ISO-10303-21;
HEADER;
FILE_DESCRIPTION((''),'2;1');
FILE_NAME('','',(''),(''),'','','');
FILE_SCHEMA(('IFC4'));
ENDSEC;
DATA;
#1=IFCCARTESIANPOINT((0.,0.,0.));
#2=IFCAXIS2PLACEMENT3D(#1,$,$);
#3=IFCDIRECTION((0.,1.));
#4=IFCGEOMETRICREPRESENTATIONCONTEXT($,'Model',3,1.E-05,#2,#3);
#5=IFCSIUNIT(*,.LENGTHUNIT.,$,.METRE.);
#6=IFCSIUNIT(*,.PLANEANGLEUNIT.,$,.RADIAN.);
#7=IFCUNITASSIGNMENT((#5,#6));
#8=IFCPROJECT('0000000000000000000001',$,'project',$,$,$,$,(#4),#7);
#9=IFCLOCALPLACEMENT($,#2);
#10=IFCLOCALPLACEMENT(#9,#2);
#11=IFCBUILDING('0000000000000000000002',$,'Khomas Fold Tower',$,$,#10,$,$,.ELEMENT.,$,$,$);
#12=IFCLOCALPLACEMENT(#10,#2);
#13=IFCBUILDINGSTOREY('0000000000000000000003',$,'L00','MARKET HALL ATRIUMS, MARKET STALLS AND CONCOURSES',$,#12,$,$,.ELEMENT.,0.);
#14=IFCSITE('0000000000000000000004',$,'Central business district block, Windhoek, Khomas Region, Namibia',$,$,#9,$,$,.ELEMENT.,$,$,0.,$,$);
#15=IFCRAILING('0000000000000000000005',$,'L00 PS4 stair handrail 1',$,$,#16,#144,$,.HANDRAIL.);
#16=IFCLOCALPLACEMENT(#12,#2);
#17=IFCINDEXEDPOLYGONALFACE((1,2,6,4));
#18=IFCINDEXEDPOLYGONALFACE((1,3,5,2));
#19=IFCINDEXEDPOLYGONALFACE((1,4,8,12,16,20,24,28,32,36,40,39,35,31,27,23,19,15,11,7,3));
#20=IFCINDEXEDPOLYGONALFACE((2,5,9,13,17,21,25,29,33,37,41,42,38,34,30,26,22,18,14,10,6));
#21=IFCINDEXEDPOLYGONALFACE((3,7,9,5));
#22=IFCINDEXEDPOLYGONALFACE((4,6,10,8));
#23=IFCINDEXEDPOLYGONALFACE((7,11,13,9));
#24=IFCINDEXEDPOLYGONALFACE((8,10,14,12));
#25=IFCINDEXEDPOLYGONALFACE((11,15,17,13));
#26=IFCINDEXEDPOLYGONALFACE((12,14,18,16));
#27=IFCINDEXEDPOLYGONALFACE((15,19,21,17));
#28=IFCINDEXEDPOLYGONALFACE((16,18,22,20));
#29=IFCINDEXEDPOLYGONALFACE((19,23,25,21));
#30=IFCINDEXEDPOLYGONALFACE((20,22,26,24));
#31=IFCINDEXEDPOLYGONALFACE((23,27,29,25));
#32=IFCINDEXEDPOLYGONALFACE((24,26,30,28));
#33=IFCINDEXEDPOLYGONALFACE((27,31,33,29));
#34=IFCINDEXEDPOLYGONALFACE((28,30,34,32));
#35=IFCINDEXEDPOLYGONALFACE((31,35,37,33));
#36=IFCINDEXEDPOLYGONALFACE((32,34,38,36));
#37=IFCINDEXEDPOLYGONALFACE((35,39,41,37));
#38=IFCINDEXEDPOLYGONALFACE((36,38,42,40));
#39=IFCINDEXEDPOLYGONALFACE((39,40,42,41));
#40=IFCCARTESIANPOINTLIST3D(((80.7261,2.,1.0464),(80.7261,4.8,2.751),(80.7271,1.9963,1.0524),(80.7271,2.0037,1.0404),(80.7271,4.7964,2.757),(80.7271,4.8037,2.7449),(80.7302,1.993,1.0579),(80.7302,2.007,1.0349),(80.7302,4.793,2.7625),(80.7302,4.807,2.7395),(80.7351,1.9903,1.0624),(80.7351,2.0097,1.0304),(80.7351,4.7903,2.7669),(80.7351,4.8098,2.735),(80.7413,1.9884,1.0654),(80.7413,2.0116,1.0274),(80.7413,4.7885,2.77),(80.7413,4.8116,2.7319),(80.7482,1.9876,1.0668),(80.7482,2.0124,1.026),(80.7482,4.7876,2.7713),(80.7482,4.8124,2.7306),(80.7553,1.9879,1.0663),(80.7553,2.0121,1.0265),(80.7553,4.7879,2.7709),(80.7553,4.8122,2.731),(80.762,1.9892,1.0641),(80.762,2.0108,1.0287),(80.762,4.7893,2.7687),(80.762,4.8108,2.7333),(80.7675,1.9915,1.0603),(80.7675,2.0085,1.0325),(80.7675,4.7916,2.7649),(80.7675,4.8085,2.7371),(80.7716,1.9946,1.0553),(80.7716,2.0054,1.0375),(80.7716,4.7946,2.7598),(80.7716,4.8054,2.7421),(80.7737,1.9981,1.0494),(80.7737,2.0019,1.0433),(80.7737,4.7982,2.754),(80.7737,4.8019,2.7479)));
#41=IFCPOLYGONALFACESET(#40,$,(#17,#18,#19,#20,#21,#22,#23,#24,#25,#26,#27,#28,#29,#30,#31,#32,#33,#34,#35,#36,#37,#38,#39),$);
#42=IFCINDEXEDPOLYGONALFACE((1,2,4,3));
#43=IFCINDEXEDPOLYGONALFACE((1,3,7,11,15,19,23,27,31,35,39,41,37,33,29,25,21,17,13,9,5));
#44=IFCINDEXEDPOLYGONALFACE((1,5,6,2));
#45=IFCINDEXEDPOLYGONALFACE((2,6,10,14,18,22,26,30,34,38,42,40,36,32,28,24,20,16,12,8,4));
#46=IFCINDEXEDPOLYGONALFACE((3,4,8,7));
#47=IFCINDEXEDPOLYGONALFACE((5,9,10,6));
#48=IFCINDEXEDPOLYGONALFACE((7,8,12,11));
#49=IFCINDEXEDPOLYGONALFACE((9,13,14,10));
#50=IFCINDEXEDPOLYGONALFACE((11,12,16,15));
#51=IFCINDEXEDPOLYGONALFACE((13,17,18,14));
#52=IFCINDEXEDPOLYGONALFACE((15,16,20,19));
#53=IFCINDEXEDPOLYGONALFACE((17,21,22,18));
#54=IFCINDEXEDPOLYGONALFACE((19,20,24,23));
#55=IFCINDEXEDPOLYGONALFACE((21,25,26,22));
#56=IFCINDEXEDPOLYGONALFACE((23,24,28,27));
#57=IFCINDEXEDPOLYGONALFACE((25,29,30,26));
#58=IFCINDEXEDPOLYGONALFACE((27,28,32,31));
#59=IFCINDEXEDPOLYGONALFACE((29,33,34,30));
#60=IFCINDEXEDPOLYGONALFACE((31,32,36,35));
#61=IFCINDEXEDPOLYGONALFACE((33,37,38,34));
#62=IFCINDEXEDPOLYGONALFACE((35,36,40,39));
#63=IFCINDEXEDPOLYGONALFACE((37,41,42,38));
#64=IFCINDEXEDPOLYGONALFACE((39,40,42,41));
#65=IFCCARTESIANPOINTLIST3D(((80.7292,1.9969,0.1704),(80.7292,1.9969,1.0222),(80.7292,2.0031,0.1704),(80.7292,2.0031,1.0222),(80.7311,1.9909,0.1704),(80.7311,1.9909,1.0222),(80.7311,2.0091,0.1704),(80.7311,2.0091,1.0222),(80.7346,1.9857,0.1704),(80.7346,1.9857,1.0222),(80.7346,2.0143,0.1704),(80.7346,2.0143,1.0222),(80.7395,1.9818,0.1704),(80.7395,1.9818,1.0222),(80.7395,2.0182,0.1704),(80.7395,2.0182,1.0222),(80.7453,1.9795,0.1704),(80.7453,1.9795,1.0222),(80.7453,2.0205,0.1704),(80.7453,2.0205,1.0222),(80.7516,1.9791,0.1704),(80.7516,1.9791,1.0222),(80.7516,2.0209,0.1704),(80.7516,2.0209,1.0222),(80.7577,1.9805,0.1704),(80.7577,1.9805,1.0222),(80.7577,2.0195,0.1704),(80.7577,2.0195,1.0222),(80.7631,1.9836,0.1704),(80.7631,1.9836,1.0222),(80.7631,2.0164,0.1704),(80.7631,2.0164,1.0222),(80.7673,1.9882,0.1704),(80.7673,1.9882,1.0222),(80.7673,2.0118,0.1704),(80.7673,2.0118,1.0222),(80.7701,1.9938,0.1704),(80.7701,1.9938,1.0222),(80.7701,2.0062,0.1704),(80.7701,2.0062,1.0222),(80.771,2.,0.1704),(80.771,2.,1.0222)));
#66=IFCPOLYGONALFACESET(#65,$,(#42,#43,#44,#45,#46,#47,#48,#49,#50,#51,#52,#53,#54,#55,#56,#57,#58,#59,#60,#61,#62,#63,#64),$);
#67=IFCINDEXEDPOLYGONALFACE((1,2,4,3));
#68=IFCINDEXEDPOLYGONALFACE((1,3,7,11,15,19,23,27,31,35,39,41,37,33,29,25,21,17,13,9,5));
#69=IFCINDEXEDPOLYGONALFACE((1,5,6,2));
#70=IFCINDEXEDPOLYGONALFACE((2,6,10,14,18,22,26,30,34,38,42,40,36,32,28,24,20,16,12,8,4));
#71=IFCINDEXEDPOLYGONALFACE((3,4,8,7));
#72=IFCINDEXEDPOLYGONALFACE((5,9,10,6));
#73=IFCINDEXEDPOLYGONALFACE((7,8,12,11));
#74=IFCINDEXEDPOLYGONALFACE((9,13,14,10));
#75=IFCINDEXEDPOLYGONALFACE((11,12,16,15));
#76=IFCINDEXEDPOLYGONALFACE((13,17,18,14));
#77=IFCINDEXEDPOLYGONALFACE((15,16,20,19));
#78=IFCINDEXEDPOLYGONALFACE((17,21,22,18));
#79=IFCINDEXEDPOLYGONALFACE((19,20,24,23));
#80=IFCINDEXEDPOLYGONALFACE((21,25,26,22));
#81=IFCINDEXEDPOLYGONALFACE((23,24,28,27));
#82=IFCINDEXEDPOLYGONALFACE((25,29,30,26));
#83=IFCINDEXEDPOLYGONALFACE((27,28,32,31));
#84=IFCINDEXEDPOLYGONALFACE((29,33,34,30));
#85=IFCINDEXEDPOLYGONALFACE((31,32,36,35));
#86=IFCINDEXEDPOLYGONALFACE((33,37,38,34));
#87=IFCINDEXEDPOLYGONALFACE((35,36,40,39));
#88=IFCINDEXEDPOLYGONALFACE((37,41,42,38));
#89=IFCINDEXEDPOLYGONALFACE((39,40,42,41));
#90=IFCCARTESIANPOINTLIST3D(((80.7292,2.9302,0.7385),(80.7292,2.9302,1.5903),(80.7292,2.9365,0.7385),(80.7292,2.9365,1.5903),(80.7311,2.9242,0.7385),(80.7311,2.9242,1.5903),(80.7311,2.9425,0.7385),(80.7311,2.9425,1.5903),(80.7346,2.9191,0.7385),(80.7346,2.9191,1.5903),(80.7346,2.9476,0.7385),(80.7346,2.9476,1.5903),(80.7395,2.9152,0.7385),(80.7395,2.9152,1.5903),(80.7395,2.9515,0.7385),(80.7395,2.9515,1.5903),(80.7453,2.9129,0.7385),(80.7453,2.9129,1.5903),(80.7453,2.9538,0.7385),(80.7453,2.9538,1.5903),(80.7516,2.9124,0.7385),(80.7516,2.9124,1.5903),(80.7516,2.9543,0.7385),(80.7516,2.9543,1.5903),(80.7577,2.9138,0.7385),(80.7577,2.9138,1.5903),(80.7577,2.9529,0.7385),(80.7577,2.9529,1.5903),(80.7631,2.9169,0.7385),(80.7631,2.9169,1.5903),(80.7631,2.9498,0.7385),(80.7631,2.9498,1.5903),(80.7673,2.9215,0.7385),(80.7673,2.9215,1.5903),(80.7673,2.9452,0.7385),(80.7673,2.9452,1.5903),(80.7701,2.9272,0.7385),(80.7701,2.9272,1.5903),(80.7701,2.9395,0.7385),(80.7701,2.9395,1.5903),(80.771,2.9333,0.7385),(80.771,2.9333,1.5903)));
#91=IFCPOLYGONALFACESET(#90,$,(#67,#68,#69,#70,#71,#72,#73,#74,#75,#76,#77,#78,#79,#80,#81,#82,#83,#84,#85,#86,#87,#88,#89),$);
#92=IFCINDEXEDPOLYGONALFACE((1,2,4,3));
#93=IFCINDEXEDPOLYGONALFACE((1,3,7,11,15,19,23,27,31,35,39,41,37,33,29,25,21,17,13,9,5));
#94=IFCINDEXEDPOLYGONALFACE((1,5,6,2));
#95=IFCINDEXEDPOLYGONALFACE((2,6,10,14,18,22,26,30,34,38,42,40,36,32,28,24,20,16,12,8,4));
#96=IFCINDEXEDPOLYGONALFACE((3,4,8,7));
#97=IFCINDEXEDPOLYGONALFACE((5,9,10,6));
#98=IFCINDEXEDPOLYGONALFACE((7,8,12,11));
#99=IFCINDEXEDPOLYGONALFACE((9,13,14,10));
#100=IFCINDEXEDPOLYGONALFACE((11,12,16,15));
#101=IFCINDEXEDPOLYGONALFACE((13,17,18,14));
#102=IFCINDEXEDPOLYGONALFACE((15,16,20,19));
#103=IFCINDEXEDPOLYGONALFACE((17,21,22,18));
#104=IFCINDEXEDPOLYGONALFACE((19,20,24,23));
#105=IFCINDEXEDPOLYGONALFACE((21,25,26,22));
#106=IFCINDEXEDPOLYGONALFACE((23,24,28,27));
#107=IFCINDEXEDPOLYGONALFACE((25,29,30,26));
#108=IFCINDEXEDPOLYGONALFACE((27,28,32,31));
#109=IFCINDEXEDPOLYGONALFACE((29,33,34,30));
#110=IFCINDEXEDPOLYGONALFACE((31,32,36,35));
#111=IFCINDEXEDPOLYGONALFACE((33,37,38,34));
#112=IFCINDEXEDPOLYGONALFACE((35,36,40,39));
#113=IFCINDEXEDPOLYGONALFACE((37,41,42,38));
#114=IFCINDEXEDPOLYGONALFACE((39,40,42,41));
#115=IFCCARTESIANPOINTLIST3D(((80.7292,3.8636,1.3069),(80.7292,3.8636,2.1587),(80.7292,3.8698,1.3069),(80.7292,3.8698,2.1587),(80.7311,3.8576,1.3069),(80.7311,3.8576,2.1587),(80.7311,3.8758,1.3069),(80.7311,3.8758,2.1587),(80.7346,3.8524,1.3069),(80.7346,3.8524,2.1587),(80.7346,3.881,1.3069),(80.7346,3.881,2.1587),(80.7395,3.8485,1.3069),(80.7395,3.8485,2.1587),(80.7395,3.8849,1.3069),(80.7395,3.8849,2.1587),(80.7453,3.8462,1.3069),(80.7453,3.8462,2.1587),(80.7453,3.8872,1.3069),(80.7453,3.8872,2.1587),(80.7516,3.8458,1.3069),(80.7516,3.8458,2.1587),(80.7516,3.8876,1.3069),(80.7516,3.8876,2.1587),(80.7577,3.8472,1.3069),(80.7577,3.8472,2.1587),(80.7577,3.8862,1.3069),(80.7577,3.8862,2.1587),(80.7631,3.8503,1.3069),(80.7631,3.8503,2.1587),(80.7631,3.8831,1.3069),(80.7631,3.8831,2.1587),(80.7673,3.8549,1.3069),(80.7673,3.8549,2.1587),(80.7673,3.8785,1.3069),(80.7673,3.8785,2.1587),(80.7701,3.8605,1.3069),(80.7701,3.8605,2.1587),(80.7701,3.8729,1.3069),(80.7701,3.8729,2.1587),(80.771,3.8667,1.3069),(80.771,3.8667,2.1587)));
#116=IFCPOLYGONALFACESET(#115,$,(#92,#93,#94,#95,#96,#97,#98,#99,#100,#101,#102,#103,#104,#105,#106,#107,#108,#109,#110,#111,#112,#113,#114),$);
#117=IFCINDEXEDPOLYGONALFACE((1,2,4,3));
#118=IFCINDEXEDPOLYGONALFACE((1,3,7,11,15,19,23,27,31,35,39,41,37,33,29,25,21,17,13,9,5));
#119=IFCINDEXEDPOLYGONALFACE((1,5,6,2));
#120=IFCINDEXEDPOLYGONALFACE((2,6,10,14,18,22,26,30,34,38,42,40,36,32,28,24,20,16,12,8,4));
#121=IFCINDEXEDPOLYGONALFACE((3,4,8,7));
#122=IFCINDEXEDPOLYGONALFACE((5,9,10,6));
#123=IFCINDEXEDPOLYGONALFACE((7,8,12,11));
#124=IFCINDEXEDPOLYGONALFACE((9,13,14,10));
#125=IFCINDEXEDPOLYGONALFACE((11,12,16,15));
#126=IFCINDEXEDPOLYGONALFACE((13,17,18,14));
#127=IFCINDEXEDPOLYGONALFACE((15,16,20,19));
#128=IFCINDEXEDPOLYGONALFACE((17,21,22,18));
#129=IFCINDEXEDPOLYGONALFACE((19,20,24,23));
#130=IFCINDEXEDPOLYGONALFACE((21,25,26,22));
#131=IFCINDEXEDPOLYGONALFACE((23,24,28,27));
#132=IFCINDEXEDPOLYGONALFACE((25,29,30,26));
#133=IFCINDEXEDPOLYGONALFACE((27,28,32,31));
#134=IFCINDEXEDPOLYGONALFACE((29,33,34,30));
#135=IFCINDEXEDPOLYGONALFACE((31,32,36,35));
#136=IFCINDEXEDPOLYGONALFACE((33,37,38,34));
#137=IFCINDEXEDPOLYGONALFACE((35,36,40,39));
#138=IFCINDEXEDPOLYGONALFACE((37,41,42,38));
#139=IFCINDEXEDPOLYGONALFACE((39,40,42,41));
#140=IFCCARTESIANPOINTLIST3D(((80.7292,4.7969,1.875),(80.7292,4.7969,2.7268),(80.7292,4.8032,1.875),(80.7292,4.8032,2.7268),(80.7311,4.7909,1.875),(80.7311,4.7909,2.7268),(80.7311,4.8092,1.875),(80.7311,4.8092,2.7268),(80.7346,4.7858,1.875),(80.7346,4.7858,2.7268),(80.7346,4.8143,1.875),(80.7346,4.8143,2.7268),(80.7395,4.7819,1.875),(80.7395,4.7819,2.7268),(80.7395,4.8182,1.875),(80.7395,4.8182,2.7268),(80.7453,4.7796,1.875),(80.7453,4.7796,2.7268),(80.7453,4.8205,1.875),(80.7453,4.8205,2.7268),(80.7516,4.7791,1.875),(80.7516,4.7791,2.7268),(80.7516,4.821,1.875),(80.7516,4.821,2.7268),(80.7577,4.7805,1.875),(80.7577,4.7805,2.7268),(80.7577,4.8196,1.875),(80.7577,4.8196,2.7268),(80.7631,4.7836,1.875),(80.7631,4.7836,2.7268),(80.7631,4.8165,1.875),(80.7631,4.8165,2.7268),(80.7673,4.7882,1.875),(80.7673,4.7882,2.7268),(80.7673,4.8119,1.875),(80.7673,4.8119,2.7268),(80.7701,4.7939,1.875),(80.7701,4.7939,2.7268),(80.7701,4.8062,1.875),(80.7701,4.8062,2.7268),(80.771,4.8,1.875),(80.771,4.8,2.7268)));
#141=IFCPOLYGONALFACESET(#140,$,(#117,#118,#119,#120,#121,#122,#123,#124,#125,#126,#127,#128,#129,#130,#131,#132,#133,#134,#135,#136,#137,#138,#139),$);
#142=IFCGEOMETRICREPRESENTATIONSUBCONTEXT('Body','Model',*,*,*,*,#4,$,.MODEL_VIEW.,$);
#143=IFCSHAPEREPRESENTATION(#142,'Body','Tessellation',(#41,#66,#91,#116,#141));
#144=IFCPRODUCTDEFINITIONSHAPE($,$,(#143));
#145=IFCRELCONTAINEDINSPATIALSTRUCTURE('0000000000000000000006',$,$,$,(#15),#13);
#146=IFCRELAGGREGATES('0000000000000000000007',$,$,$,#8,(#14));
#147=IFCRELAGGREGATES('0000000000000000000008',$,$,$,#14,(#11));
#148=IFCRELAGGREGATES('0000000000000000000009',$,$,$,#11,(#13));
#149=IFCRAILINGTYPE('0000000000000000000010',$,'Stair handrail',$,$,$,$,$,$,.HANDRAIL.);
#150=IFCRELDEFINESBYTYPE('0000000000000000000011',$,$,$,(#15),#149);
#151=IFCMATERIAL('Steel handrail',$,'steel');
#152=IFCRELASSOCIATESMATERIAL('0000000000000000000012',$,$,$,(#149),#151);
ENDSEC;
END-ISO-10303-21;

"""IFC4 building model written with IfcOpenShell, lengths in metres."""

from ifc_helpers import new_model, si_unit, direction, frame, origin, origin_2d, place, context, subcontext, project, spatial, circle, extrude, source, transform, mapped, material, type_object, element, save


model = new_model("IFC4")

# Units and contexts
model_context = context("Model", 3, precision=1e-05, world=origin(), true_north=direction((0.0, 1.0)))
body_context = subcontext(model_context, "Body", "Model", "MODEL_VIEW")
ifc_project = project(units=[si_unit("LENGTHUNIT", "METRE"), si_unit("PLANEANGLEUNIT", "RADIAN")], contexts=[model_context])

# Site, building, storey
site_placement = place(None, origin())
site = spatial("IfcSite", under=ifc_project, at=site_placement, Name="Central business district block, Windhoek, Khomas Region, Namibia", CompositionType="ELEMENT", RefElevation=0.0)
building_placement = place(site_placement, origin())
building = spatial("IfcBuilding", under=site, at=building_placement, Name="Khomas Fold Tower", CompositionType="ELEMENT")
storey_placement = place(building_placement, origin())
storey = spatial("IfcBuildingStorey", under=building, at=storey_placement, Name="L00", Description="MARKET HALL ATRIUMS, MARKET STALLS AND CONCOURSES", CompositionType="ELEMENT", Elevation=0.0)

# Railing
ifc_material_1 = material(Name="Steel handrail", Category="steel")
railing_type_1 = type_object("IfcRailingType", Name="Stair handrail", PredefinedType="HANDRAIL", material=ifc_material_1)
shared_shape_1 = source(origin(), body_context, "Body", "SweptSolid", [
    extrude(circle(Radius=0.0239, at=origin_2d()), frame((0.0, 0.0, 0.876), z_axis=(0.0, 0.85417, 0.519994), x_axis=(-1.0, 0.0, 0.0)), (0.0, 0.0, 1.0), 3.2781),
    extrude(circle(Radius=0.021, at=origin_2d()), origin(), (0.0, 0.0, 1.0), 0.8518),
    extrude(circle(Radius=0.021, at=origin_2d()), frame((0.0, 0.9333, 0.5681)), (0.0, 0.0, 1.0), 0.8518),
    extrude(circle(Radius=0.021, at=origin_2d()), frame((0.0, 1.8667, 1.1365)), (0.0, 0.0, 1.0), 0.8518),
    extrude(circle(Radius=0.021, at=origin_2d()), frame((0.0, 2.8, 1.7046)), (0.0, 0.0, 1.0), 0.8518),
])
for number, where, name in (
    (1, (80.75, 2.0, 0.1704), "L00 PS4 stair handrail 1"),
):
    element("IfcRailing", number, at=place(storey_placement, frame(where)), inside=storey, type_object=railing_type_1, Name=name, PredefinedType="HANDRAIL", context=body_context, shape_type="MappedRepresentation", body=[
        mapped(shared_shape_1, transform((0.0, 0.0, 0.0))),
    ])

save(model, "model.ifc")
